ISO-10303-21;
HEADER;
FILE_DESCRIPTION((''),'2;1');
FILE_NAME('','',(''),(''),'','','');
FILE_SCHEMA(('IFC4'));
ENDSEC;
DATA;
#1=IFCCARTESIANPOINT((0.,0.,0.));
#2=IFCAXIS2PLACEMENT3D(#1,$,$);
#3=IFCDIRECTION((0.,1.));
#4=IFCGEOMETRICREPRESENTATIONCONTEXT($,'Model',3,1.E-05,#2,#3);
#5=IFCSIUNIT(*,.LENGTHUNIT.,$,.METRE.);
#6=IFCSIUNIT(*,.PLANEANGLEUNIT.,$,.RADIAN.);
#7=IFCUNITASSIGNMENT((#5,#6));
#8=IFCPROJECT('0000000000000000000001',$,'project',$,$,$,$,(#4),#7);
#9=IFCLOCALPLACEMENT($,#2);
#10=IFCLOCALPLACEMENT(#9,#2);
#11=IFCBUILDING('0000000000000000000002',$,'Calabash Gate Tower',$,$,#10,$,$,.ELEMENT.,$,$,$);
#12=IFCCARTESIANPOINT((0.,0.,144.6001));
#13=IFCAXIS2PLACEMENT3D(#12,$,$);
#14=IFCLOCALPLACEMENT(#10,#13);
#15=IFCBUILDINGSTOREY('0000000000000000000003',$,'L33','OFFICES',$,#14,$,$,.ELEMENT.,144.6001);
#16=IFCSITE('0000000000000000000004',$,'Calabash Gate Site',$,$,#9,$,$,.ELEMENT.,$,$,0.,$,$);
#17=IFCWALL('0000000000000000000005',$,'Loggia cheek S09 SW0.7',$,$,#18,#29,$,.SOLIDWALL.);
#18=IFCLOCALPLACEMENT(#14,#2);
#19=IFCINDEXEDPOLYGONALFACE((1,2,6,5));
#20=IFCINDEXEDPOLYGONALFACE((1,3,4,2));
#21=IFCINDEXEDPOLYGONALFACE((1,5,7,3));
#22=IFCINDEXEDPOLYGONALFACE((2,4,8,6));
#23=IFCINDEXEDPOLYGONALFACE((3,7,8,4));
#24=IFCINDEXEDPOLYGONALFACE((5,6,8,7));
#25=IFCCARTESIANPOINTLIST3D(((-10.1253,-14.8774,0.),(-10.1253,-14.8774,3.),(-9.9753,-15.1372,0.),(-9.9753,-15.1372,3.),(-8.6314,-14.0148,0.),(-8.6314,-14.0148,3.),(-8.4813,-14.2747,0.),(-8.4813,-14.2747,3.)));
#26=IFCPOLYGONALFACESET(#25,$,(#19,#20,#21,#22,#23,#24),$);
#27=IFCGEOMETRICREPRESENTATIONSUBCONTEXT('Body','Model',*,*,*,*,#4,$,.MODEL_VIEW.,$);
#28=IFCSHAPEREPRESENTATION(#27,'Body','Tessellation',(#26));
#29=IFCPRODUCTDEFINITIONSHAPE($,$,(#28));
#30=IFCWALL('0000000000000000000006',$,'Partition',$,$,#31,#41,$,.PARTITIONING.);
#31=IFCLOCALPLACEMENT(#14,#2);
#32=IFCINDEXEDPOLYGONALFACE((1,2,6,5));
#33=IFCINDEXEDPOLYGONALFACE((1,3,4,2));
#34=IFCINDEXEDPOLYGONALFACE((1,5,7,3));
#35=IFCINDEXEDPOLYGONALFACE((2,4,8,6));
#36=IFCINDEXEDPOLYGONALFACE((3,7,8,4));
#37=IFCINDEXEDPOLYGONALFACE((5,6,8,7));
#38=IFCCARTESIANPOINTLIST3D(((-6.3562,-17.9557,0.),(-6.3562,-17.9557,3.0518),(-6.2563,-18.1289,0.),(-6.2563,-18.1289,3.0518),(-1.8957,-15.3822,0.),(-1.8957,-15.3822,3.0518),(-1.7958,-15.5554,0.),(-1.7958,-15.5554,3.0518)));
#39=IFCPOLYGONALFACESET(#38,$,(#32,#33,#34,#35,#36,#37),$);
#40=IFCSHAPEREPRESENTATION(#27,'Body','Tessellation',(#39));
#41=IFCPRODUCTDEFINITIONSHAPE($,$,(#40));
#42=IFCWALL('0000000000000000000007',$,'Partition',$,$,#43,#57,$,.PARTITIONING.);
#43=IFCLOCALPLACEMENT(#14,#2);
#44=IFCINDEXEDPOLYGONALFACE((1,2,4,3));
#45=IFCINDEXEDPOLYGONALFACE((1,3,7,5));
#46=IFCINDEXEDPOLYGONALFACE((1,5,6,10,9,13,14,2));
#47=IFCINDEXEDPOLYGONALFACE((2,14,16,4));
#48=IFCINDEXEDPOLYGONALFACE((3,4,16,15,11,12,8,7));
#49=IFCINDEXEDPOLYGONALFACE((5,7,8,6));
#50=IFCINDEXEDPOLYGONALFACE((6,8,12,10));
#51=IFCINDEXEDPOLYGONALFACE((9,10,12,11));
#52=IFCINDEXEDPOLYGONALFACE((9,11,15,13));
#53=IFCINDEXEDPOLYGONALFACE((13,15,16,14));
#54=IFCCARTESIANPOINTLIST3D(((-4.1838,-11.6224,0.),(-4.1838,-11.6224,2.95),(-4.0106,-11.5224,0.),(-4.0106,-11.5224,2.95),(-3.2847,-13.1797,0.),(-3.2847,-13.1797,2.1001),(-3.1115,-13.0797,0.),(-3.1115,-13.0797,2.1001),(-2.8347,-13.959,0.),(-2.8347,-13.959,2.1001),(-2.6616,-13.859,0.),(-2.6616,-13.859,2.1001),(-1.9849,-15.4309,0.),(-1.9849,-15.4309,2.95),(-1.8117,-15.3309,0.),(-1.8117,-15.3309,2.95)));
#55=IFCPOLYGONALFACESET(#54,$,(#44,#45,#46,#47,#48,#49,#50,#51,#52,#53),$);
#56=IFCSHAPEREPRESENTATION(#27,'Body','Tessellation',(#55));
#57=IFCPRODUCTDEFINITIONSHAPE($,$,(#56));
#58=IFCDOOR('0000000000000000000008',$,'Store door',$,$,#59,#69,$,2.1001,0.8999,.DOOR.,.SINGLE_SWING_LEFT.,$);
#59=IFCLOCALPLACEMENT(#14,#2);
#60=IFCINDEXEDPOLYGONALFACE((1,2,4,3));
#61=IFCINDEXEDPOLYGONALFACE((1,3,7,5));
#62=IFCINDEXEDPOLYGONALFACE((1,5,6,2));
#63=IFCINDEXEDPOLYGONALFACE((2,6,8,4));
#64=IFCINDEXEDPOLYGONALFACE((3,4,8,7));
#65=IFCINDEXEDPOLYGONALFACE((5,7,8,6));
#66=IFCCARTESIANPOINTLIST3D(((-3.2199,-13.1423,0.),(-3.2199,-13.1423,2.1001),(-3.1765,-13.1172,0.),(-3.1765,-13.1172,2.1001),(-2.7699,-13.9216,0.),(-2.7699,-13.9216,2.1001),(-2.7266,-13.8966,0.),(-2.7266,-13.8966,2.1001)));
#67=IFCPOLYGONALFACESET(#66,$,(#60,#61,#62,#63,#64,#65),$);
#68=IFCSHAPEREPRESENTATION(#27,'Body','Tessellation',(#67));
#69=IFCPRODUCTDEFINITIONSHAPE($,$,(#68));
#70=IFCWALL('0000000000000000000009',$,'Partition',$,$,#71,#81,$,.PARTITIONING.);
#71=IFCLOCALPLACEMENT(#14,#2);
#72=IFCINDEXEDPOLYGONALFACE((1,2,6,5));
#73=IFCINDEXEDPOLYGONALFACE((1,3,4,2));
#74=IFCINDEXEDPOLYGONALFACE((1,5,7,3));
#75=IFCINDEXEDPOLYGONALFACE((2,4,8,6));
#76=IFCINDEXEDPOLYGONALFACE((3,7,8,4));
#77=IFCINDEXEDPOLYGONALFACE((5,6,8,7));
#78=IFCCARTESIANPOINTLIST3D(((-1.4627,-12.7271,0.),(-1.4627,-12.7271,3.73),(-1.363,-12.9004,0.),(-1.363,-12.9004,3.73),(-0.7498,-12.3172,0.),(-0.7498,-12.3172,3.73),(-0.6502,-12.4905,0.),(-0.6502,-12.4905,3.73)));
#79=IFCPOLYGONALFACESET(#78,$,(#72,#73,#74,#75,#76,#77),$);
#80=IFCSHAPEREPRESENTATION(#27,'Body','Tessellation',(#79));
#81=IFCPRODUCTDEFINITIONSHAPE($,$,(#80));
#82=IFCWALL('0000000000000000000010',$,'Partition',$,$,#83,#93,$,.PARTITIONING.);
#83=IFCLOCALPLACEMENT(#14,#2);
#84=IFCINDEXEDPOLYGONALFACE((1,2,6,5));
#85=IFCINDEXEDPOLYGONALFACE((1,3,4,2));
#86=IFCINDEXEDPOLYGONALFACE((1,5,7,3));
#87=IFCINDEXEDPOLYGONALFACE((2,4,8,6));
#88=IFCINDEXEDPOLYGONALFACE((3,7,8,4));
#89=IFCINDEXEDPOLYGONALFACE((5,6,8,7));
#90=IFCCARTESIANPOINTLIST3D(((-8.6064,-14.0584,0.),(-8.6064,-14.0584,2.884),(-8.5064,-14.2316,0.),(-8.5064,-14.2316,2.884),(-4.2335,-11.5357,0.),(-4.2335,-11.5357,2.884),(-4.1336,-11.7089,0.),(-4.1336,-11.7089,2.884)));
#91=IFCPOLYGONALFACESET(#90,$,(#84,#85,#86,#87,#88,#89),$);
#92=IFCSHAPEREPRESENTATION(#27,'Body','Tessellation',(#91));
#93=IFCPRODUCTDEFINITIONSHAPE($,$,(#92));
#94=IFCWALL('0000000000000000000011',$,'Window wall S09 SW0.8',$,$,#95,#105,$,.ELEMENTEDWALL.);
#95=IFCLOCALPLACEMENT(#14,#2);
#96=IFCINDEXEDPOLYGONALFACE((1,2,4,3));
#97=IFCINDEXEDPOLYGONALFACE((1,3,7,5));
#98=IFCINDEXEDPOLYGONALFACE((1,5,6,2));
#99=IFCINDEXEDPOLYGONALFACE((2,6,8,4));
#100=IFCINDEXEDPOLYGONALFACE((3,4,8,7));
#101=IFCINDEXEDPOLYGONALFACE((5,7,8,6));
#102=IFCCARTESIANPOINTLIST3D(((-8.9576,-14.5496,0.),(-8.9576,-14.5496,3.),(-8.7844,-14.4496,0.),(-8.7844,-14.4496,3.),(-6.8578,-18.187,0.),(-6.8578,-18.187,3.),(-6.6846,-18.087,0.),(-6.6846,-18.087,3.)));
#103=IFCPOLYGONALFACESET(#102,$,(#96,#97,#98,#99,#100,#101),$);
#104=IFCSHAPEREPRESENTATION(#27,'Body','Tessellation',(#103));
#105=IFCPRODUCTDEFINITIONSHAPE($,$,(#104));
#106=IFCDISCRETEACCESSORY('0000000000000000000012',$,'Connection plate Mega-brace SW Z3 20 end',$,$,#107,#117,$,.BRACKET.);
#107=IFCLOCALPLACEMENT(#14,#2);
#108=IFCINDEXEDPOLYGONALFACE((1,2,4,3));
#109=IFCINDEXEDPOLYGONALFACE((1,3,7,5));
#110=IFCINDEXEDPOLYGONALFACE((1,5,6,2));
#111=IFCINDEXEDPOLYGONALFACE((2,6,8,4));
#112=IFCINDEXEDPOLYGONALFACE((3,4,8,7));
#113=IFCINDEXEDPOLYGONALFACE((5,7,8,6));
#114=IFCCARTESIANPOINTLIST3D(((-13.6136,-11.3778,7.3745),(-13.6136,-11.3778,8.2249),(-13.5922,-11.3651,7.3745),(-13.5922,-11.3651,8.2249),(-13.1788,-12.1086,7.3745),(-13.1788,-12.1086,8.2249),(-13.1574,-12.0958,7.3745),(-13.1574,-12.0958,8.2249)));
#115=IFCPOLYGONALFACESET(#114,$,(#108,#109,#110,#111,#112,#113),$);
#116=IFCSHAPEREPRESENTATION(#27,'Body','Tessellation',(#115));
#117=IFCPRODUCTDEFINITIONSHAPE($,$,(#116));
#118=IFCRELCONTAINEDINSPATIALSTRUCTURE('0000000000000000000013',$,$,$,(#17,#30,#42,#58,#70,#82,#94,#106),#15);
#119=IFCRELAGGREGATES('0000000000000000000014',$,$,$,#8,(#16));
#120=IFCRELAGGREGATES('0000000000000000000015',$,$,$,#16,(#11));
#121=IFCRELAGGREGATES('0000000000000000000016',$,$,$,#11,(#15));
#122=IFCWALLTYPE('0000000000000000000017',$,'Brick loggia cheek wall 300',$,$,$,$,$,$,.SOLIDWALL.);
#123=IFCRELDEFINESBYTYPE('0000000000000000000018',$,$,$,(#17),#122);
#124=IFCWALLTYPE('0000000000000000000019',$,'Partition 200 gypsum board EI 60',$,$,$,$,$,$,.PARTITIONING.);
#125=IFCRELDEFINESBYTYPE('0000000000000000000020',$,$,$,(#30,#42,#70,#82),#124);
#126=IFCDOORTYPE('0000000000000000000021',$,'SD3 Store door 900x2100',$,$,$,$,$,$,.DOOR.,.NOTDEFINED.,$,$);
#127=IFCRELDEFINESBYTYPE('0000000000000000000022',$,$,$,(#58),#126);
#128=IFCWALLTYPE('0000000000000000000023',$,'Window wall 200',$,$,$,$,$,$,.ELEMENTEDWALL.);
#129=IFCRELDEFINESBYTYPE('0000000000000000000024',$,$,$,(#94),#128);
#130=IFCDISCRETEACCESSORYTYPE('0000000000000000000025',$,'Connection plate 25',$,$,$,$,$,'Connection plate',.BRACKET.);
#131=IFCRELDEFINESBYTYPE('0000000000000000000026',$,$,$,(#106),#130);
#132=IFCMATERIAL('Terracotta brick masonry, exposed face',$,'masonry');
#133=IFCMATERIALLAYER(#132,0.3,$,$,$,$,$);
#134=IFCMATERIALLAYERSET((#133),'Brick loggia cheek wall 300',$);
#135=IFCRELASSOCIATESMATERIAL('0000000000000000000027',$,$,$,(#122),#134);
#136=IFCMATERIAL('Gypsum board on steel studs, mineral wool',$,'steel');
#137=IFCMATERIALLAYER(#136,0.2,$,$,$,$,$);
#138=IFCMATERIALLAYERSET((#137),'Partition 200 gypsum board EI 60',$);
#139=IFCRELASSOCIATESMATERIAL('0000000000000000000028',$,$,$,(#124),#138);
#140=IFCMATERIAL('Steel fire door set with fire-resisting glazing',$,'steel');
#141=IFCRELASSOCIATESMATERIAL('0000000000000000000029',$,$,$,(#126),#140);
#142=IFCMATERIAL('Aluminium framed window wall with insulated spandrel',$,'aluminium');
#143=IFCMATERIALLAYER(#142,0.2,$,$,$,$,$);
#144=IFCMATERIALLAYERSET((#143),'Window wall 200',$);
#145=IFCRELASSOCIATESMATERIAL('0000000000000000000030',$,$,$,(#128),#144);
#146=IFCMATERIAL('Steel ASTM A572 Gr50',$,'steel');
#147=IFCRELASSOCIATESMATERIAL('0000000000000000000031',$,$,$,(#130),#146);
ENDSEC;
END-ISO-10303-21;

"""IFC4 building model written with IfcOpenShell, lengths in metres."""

from ifc_helpers import new_model, si_unit, direction, frame, frame_2d, origin, origin_2d, place, context, subcontext, project, spatial, rectangle, extrude, material, layer, layer_set, type_object, element, fill, save


model = new_model("IFC4")

# Units and contexts
model_context = context("Model", 3, precision=1e-05, world=origin(), true_north=direction((0.0, 1.0)))
body_context = subcontext(model_context, "Body", "Model", "MODEL_VIEW")
ifc_project = project(units=[si_unit("LENGTHUNIT", "METRE"), si_unit("PLANEANGLEUNIT", "RADIAN")], contexts=[model_context])

# Site, building, storey
site_placement = place(None, origin())
site = spatial("IfcSite", under=ifc_project, at=site_placement, Name="Calabash Gate Site", CompositionType="ELEMENT", RefElevation=0.0)
building_placement = place(site_placement, origin())
building = spatial("IfcBuilding", under=site, at=building_placement, Name="Calabash Gate Tower", CompositionType="ELEMENT")
storey_placement = place(building_placement, frame((0.0, 0.0, 144.6001)))
storey = spatial("IfcBuildingStorey", under=building, at=storey_placement, Name="L33", Description="OFFICES", CompositionType="ELEMENT", Elevation=144.6001)

# Wall
ifc_material_1 = material(Name="Terracotta brick masonry, exposed face", Category="masonry")
ifc_layer_1 = layer(ifc_material_1, 0.3)
ifc_layer_set_1 = layer_set([ifc_layer_1], Name="Brick loggia cheek wall 300")
wall_type_1 = type_object("IfcWallType", Name="Brick loggia cheek wall 300", PredefinedType="SOLIDWALL", material=ifc_layer_set_1)
wall_1_placement = place(storey_placement, frame((-10.0503, -15.0073, 0.0), z_axis=(0.0, 0.0, 1.0), x_axis=(0.866014, 0.500021, 0.0)))
element("IfcWall", 1, at=wall_1_placement, inside=storey, type_object=wall_type_1, Name="Loggia cheek S09 SW0.7", PredefinedType="SOLIDWALL", context=body_context, shape_type="SweptSolid", body=[
    extrude(rectangle(XDim=1.7251, YDim=0.3, at=frame_2d((0.8625, 0.0))), origin(), (0.0, 0.0, 1.0), 3.0),
])

# Shared definitions
ifc_material_2 = material(Name="Gypsum board on steel studs, mineral wool", Category="steel")
ifc_layer_2 = layer(ifc_material_2, 0.2)
ifc_layer_set_2 = layer_set([ifc_layer_2], Name="Partition 200 gypsum board EI 60")
wall_type_2 = type_object("IfcWallType", Name="Partition 200 gypsum board EI 60", PredefinedType="PARTITIONING", material=ifc_layer_set_2)

# Wall
wall_2_placement = place(storey_placement, frame((-6.3062, -18.0422, 0.0), z_axis=(0.0, 0.0, 1.0), x_axis=(0.866173, 0.499744, 0.0)))
element("IfcWall", 2, at=wall_2_placement, inside=storey, type_object=wall_type_2, Name="Partition", PredefinedType="PARTITIONING", context=body_context, shape_type="SweptSolid", body=[
    extrude(rectangle(XDim=5.1497, YDim=0.2, at=frame_2d((2.5747, 0.0))), origin(), (0.0, 0.0, 1.0), 3.0518),
])

# Wall, opening, door
wall_3_placement = place(storey_placement, frame((-4.0972, -11.5725, 0.0), z_axis=(0.0, 0.0, 1.0), x_axis=(0.500014, -0.866017, 0.0)))
wall_3 = element("IfcWall", 3, at=wall_3_placement, inside=storey, type_object=wall_type_2, Name="Partition", PredefinedType="PARTITIONING", context=body_context, shape_type="SweptSolid", body=[
    extrude(rectangle(XDim=4.3977, YDim=0.2, at=frame_2d((2.1987, 0.0))), origin(), (0.0, 0.0, 1.0), 2.95),
])
opening_1_placement = place(wall_3_placement, frame((1.7981, 0.0, 0.0)))
opening_1 = element("IfcOpeningElement", 4, at=opening_1_placement, cuts=wall_3, PredefinedType="OPENING", context=body_context, shape_type="SweptSolid", body=[
    extrude(rectangle(XDim=0.8999, YDim=2.1001, at=frame_2d((0.45, 1.05))), frame((0.0, 0.1099, 0.0), z_axis=(0.0, -1.0, 0.0), x_axis=(1.0, 0.0, 0.0)), (0.0, 0.0, 1.0), 0.22),
])
ifc_material_3 = material(Name="Steel fire door set with fire-resisting glazing", Category="steel")
door_type_1 = type_object("IfcDoorType", Name="SD3 Store door 900x2100", OperationType="NOTDEFINED", PredefinedType="DOOR", material=ifc_material_3)
door_1_placement = place(opening_1_placement, origin())
door_1 = element("IfcDoor", 5, at=door_1_placement, inside=storey, type_object=door_type_1, Name="Store door", OperationType="SINGLE_SWING_LEFT", OverallHeight=2.1001, OverallWidth=0.8999, PredefinedType="DOOR", context=body_context, shape_type="SweptSolid", body=[
    extrude(rectangle(XDim=0.8999, YDim=2.1001, at=frame_2d((0.45, 1.05))), frame((0.0, 0.0249, 0.0), z_axis=(0.0, -1.0, 0.0), x_axis=(1.0, 0.0, 0.0)), (0.0, 0.0, 1.0), 0.05),
])
fill(opening_1, door_1)

# Walls
wall_4_placement = place(storey_placement, frame((-1.4128, -12.8137, 0.0), z_axis=(0.0, 0.0, 1.0), x_axis=(0.866906, 0.498471, 0.0)))
element("IfcWall", 6, at=wall_4_placement, inside=storey, type_object=wall_type_2, Name="Partition", PredefinedType="PARTITIONING", context=body_context, shape_type="SweptSolid", body=[
    extrude(rectangle(XDim=0.8223, YDim=0.2, at=frame_2d((0.4111, 0.0))), origin(), (0.0, 0.0, 1.0), 3.73),
])
wall_5_placement = place(storey_placement, frame((-8.5564, -14.145, 0.0), z_axis=(0.0, 0.0, 1.0), x_axis=(0.866191, 0.499713, 0.0)))
element("IfcWall", 7, at=wall_5_placement, inside=storey, type_object=wall_type_2, Name="Partition", PredefinedType="PARTITIONING", context=body_context, shape_type="SweptSolid", body=[
    extrude(rectangle(XDim=5.0483, YDim=0.2, at=frame_2d((2.5242, 0.0))), origin(), (0.0, 0.0, 1.0), 2.884),
])
ifc_material_4 = material(Name="Aluminium framed window wall with insulated spandrel", Category="aluminium")
ifc_layer_3 = layer(ifc_material_4, 0.2)
ifc_layer_set_3 = layer_set([ifc_layer_3], Name="Window wall 200")
wall_type_3 = type_object("IfcWallType", Name="Window wall 200", PredefinedType="ELEMENTEDWALL", material=ifc_layer_set_3)
wall_6_placement = place(storey_placement, frame((-8.8711, -14.4995, 0.0), z_axis=(0.0, 0.0, 1.0), x_axis=(0.499959, -0.866049, 0.0)))
element("IfcWall", 8, at=wall_6_placement, inside=storey, type_object=wall_type_3, Name="Window wall S09 SW0.8", PredefinedType="ELEMENTEDWALL", context=body_context, shape_type="SweptSolid", body=[
    extrude(rectangle(XDim=4.2, YDim=0.2, at=frame_2d((2.1001, 0.0))), origin(), (0.0, 0.0, 1.0), 3.0),
])

# Discrete accessory
ifc_material_5 = material(Name="Steel ASTM A572 Gr50", Category="steel")
discrete_accessory_type = type_object("IfcDiscreteAccessoryType", Name="Connection plate 25", ElementType="Connection plate", PredefinedType="BRACKET", material=ifc_material_5)
discrete_accessory_placement = place(storey_placement, frame((-13.3855, -11.7368, 7.3745), z_axis=(0.0, 0.0, 1.0), x_axis=(-0.511342, 0.859377, 0.0)))
element("IfcDiscreteAccessory", 9, at=discrete_accessory_placement, inside=storey, type_object=discrete_accessory_type, Name="Connection plate Mega-brace SW Z3 20 end", PredefinedType="BRACKET", context=body_context, shape_type="SweptSolid", body=[
    extrude(rectangle(XDim=0.8503, YDim=0.0249, at=origin_2d()), origin(), (0.0, 0.0, 1.0), 0.8503),
])

save(model, "model.ifc")
